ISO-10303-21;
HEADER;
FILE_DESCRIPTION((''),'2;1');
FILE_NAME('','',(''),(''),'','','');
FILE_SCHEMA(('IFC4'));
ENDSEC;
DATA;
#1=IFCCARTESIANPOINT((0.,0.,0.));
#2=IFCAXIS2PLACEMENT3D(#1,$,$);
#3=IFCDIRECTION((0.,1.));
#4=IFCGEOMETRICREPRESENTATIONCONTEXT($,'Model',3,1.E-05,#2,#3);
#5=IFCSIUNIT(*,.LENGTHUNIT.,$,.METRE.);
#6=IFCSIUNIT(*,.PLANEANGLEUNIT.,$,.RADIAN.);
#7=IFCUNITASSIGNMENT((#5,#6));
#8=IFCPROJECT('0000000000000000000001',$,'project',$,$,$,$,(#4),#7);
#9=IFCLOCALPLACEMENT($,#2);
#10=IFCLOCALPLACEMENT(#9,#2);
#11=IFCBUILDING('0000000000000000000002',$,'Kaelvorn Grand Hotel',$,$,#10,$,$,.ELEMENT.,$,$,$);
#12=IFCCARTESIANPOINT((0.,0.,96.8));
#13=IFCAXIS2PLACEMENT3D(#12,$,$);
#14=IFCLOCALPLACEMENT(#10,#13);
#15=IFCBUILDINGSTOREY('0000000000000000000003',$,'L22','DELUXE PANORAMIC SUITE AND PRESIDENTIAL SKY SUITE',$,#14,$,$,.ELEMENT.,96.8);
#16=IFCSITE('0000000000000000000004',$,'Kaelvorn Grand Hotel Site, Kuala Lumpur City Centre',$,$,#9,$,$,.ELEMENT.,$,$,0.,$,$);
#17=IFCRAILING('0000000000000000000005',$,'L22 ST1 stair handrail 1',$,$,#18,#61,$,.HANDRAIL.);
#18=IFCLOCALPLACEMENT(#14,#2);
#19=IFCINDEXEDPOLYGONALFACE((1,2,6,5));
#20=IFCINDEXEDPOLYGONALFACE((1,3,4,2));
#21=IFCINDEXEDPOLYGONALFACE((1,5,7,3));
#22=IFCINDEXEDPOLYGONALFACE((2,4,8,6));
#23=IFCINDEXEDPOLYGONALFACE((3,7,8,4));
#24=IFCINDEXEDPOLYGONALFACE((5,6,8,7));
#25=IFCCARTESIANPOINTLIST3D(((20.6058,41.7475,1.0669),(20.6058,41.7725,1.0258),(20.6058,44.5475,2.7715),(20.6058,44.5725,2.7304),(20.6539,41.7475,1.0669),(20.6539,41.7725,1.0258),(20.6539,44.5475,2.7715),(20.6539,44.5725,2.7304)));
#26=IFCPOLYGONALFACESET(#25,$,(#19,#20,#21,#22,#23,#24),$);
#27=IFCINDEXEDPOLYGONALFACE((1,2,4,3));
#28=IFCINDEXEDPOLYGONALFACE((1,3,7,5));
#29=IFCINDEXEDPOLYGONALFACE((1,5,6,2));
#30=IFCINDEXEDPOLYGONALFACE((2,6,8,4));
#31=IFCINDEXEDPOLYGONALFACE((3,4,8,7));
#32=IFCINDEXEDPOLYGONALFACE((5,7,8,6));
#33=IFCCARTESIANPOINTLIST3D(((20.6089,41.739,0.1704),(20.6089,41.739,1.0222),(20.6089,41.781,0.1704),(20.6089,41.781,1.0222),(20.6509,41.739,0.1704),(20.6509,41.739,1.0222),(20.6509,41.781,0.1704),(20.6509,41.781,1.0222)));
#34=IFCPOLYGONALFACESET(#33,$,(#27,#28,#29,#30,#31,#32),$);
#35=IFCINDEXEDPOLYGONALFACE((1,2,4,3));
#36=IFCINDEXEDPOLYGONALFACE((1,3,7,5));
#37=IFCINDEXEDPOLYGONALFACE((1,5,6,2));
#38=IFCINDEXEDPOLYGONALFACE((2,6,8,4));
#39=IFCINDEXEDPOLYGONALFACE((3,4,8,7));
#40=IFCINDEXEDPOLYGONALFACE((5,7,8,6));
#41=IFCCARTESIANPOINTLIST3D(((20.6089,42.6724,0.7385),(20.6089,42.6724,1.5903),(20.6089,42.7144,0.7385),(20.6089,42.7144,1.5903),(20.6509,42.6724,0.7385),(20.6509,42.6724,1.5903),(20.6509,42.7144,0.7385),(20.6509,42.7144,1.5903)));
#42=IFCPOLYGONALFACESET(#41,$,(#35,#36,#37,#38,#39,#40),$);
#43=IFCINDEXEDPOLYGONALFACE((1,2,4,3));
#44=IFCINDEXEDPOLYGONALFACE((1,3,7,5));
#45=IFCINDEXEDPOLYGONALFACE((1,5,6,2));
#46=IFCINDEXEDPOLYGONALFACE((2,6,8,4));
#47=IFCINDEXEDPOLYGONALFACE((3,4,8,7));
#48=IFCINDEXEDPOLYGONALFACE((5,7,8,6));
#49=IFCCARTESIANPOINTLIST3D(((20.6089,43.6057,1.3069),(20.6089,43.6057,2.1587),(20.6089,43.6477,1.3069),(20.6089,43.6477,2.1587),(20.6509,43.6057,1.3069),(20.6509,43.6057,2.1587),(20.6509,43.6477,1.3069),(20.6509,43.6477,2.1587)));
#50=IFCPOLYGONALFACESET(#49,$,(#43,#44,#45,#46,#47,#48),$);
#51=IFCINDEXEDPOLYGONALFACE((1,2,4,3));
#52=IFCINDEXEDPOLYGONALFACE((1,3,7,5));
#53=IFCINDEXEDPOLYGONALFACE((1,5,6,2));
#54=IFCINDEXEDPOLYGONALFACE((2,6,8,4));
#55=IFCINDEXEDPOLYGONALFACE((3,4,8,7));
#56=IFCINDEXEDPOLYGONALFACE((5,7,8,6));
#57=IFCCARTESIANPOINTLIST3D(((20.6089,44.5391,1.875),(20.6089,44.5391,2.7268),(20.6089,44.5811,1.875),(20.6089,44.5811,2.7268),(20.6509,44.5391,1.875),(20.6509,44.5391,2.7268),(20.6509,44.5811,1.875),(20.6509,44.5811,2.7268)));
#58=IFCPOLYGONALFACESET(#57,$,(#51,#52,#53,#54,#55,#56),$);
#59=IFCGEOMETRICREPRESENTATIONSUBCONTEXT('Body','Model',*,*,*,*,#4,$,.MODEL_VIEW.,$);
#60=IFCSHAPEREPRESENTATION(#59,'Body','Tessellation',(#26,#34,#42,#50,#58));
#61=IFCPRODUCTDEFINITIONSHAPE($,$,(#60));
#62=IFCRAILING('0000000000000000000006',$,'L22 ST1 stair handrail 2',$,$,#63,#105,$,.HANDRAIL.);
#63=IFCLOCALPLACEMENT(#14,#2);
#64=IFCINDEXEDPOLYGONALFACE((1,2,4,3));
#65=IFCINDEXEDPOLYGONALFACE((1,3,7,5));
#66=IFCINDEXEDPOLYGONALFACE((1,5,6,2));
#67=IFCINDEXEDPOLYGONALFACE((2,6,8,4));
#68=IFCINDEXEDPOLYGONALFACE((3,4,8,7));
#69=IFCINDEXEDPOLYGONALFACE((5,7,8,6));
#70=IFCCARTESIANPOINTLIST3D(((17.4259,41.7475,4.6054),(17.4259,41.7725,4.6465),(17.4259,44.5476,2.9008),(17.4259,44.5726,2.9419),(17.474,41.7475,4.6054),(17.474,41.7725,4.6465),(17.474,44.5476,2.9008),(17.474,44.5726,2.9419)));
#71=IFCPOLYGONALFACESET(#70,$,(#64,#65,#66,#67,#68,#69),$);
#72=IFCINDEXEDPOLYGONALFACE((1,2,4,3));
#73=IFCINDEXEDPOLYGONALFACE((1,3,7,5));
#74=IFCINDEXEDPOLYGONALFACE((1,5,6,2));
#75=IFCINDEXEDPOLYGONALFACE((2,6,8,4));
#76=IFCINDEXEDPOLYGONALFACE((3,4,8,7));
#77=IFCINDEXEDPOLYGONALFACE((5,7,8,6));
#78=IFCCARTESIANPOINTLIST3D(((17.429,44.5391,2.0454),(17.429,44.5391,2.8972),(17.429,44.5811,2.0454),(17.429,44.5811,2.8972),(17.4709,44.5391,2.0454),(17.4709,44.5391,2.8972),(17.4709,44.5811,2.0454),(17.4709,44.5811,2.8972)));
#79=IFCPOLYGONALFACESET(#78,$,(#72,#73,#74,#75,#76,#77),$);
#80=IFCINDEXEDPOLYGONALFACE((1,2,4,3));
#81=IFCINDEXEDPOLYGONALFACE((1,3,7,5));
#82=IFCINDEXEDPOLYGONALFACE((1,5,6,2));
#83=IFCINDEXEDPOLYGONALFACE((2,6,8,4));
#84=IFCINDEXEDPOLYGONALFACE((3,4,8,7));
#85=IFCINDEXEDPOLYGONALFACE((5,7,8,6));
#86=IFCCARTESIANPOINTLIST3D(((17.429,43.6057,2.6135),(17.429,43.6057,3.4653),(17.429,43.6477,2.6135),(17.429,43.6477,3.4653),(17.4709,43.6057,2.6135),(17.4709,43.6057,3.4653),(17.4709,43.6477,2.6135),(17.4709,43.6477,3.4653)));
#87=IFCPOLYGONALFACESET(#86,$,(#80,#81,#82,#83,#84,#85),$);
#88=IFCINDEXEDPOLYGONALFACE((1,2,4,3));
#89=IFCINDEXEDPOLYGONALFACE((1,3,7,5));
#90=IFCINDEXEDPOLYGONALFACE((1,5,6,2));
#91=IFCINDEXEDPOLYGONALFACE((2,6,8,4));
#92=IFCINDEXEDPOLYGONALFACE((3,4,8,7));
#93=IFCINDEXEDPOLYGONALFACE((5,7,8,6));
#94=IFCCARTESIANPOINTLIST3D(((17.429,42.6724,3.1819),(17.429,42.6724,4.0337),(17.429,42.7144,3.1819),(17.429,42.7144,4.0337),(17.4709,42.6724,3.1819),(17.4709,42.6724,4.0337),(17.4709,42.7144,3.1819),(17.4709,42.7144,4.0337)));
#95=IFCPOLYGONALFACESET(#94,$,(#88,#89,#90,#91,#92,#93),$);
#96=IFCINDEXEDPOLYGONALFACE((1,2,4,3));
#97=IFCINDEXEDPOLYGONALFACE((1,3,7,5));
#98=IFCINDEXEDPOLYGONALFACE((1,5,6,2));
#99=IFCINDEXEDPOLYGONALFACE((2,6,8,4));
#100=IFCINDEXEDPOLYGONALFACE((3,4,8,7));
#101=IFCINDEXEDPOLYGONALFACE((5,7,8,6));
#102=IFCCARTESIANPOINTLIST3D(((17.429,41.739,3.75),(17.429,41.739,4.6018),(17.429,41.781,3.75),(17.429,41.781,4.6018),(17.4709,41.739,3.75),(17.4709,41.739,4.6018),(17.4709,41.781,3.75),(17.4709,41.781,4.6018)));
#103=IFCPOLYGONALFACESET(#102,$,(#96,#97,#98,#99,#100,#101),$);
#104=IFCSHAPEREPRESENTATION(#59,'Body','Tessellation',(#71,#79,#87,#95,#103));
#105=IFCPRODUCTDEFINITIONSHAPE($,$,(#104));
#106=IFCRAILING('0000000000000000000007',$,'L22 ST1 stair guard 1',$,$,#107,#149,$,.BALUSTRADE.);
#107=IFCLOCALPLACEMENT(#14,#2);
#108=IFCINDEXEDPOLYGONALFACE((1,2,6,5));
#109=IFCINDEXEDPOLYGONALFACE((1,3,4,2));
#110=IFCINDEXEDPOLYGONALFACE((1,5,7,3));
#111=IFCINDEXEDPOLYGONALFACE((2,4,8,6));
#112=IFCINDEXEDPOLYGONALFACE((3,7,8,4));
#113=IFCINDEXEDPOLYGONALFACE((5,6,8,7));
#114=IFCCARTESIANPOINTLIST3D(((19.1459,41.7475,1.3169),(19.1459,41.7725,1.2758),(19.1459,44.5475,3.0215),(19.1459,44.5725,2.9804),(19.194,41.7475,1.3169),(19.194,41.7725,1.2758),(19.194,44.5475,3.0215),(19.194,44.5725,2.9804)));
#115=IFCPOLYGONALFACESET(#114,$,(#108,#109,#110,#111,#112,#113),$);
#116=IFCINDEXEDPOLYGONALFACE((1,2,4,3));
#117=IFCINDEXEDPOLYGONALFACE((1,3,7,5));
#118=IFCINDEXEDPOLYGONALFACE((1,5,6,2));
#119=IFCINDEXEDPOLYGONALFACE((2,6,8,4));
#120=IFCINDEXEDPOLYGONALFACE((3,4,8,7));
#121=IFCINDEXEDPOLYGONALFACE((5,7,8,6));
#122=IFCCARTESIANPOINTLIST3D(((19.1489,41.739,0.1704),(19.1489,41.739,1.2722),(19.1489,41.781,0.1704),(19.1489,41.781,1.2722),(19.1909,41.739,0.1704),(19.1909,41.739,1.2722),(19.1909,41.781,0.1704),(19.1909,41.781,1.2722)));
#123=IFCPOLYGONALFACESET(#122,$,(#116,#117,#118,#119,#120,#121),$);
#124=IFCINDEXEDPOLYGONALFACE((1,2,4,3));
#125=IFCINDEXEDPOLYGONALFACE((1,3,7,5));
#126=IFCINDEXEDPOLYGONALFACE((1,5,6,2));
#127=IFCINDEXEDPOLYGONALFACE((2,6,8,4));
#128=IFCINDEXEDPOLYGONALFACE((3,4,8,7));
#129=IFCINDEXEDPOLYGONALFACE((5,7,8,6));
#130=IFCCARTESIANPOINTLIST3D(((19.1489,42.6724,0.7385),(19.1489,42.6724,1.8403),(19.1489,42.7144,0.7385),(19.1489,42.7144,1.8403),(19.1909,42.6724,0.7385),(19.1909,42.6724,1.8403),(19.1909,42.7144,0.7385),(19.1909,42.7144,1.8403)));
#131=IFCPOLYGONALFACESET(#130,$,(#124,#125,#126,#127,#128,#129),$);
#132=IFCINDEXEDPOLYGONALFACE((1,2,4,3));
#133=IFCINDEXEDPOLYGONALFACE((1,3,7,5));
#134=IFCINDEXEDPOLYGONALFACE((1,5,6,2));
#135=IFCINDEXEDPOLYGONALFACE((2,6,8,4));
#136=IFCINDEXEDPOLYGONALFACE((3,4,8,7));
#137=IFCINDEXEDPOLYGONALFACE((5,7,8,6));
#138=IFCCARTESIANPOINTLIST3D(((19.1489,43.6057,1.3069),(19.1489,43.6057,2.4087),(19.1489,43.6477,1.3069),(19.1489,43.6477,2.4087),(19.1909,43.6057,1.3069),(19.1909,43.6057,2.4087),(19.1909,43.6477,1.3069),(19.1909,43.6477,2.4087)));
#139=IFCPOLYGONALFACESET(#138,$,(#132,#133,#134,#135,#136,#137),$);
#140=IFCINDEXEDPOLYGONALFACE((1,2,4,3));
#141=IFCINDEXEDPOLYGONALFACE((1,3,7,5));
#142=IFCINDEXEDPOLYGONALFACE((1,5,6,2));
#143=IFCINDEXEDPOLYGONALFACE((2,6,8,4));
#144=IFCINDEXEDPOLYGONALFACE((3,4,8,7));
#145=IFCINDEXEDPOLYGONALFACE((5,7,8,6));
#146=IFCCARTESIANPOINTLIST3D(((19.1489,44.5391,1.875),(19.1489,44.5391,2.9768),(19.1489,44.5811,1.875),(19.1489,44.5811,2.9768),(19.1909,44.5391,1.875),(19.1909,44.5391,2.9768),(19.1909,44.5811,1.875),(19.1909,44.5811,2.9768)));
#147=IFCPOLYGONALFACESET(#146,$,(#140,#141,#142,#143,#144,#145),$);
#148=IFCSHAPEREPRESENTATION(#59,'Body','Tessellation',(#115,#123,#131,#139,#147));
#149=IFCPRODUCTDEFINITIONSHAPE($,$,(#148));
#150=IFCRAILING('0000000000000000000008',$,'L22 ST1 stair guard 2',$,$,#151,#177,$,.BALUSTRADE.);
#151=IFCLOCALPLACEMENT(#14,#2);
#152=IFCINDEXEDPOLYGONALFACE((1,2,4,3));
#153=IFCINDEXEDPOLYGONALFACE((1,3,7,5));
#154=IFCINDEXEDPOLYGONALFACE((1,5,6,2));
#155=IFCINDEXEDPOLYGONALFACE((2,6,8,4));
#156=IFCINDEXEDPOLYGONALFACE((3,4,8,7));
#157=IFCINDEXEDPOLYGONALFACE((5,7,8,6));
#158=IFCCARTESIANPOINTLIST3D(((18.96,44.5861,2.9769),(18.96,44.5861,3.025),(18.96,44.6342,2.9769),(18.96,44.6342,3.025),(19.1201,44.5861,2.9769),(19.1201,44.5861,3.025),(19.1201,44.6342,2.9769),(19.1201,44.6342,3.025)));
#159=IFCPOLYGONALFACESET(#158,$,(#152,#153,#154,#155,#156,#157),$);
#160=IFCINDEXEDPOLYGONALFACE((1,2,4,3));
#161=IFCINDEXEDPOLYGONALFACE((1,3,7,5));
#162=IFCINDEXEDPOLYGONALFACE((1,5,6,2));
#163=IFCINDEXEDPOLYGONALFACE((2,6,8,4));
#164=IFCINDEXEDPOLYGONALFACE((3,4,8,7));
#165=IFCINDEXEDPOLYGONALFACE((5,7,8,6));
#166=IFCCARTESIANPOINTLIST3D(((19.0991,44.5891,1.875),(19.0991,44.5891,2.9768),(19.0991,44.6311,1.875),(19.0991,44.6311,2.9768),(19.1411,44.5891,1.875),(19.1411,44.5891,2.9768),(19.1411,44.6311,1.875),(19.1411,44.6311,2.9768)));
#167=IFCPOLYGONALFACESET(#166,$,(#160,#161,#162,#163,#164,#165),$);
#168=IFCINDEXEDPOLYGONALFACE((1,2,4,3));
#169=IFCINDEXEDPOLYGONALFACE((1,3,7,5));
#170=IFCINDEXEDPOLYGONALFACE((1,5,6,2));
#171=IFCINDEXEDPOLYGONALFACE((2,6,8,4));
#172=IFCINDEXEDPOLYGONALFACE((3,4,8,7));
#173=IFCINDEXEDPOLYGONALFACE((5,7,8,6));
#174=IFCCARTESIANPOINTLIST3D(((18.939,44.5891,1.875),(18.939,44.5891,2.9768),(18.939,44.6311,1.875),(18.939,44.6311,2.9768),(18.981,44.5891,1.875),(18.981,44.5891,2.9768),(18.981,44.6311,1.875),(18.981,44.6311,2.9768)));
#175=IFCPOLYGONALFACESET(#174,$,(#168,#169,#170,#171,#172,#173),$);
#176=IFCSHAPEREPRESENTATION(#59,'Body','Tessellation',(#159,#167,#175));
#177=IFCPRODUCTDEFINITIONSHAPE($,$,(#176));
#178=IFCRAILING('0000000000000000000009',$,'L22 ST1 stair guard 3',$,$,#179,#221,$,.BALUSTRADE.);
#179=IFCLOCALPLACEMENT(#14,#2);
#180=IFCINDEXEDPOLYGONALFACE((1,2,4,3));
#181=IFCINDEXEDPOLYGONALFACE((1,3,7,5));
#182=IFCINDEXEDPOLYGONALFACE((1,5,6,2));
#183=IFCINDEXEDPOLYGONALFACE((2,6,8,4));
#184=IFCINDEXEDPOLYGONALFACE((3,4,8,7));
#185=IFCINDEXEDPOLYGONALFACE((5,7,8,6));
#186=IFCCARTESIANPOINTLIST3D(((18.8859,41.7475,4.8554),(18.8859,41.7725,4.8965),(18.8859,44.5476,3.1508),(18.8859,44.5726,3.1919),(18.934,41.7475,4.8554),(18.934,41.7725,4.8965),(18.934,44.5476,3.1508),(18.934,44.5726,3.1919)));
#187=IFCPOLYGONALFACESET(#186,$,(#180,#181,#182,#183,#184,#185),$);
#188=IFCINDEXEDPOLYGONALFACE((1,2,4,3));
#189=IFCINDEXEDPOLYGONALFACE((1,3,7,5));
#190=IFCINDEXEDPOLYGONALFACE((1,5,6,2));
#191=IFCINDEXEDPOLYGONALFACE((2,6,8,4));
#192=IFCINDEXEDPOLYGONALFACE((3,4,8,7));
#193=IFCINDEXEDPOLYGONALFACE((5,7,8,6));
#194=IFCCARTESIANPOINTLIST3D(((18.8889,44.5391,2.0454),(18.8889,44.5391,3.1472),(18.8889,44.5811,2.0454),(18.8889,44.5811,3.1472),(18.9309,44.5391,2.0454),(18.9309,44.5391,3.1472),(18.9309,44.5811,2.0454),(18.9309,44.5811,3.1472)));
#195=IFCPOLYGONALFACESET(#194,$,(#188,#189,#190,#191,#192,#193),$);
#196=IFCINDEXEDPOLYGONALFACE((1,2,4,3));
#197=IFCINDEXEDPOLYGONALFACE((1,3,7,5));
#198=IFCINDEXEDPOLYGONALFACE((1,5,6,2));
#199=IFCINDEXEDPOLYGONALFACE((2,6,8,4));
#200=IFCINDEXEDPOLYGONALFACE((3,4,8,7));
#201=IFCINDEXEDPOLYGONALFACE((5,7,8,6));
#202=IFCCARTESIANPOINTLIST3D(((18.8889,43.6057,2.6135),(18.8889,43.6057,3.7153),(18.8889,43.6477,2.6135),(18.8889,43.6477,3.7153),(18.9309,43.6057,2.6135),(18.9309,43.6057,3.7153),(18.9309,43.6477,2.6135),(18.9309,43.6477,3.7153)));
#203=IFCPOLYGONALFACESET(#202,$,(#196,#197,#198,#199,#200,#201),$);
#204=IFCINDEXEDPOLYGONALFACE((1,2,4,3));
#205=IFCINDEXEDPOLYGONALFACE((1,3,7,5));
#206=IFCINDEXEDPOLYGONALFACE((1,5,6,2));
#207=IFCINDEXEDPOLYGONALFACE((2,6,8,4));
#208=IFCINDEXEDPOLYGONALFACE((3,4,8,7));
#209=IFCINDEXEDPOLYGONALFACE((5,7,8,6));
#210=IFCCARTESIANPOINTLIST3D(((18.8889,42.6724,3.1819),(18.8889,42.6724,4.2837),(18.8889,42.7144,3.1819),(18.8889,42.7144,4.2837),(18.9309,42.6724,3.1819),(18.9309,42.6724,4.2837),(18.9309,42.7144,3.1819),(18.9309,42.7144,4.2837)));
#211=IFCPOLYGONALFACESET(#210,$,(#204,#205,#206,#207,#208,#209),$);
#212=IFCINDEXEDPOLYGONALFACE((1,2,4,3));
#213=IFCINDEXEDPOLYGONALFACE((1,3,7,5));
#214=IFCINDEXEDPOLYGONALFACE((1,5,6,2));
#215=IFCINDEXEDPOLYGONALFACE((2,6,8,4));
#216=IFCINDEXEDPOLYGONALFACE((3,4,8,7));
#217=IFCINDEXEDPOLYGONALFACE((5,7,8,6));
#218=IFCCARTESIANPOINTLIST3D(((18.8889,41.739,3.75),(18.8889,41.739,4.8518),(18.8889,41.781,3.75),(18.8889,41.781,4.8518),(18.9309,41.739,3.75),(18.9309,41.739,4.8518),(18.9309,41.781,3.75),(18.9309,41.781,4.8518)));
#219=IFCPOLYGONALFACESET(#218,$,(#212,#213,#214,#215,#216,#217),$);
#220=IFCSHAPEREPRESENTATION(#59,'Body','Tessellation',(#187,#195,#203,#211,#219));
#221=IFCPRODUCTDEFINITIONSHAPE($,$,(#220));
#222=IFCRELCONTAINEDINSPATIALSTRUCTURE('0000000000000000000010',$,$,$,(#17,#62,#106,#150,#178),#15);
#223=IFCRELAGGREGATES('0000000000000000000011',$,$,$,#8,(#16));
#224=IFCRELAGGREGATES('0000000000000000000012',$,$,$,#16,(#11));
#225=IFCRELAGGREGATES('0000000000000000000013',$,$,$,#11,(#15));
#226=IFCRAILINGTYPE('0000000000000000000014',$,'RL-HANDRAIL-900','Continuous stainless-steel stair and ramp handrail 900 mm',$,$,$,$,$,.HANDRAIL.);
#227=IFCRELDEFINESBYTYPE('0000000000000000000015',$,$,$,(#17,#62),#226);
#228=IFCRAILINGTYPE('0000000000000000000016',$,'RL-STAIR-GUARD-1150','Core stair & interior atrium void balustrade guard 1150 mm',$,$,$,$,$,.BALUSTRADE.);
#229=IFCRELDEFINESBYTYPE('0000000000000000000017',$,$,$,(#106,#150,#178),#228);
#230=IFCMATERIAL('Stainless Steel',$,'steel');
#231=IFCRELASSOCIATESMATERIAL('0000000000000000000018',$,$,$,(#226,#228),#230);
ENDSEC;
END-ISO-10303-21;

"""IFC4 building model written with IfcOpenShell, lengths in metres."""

from ifc_helpers import new_model, si_unit, direction, frame, origin, origin_2d, place, context, subcontext, project, spatial, rectangle, extrude, material, type_object, element, save


model = new_model("IFC4")

# Units and contexts
model_context = context("Model", 3, precision=1e-05, world=origin(), true_north=direction((0.0, 1.0)))
body_context = subcontext(model_context, "Body", "Model", "MODEL_VIEW")
ifc_project = project(units=[si_unit("LENGTHUNIT", "METRE"), si_unit("PLANEANGLEUNIT", "RADIAN")], contexts=[model_context])

# Site, building, storey
site_placement = place(None, origin())
site = spatial("IfcSite", under=ifc_project, at=site_placement, Name="Kaelvorn Grand Hotel Site, Kuala Lumpur City Centre", CompositionType="ELEMENT", RefElevation=0.0)
building_placement = place(site_placement, origin())
building = spatial("IfcBuilding", under=site, at=building_placement, Name="Kaelvorn Grand Hotel", CompositionType="ELEMENT")
storey_placement = place(building_placement, frame((0.0, 0.0, 96.8)))
storey = spatial("IfcBuildingStorey", under=building, at=storey_placement, Name="L22", Description="DELUXE PANORAMIC SUITE AND PRESIDENTIAL SKY SUITE", CompositionType="ELEMENT", Elevation=96.8)

# Shared definitions
ifc_material_1 = material(Name="Stainless Steel", Category="steel")

# Railings
railing_type_1 = type_object("IfcRailingType", Name="RL-HANDRAIL-900", Description="Continuous stainless-steel stair and ramp handrail 900 mm", PredefinedType="HANDRAIL", material=ifc_material_1)
railing_1_placement = place(storey_placement, frame((20.6299, 41.76, 0.1704)))
element("IfcRailing", 1, at=railing_1_placement, inside=storey, type_object=railing_type_1, Name="L22 ST1 stair handrail 1", PredefinedType="HANDRAIL", context=body_context, shape_type="SweptSolid", body=[
    extrude(rectangle(XDim=0.0481, YDim=0.0481, at=origin_2d()), frame((0.0, 0.0, 0.876), z_axis=(0.0, 0.85417, 0.519994), x_axis=(-1.0, 0.0, 0.0)), (0.0, 0.0, 1.0), 3.2781),
    extrude(rectangle(XDim=0.042, YDim=0.042, at=origin_2d()), origin(), (0.0, 0.0, 1.0), 0.8518),
    extrude(rectangle(XDim=0.042, YDim=0.042, at=origin_2d()), frame((0.0, 0.9333, 0.5681)), (0.0, 0.0, 1.0), 0.8518),
    extrude(rectangle(XDim=0.042, YDim=0.042, at=origin_2d()), frame((0.0, 1.8667, 1.1365)), (0.0, 0.0, 1.0), 0.8518),
    extrude(rectangle(XDim=0.042, YDim=0.042, at=origin_2d()), frame((0.0, 2.8, 1.7046)), (0.0, 0.0, 1.0), 0.8518),
])
railing_2_placement = place(storey_placement, frame((17.45, 44.5601, 2.0454)))
element("IfcRailing", 2, at=railing_2_placement, inside=storey, type_object=railing_type_1, Name="L22 ST1 stair handrail 2", PredefinedType="HANDRAIL", context=body_context, shape_type="SweptSolid", body=[
    extrude(rectangle(XDim=0.0481, YDim=0.0481, at=origin_2d()), frame((0.0, 0.0, 0.876), z_axis=(0.0, -0.85417, 0.519994), x_axis=(1.0, 0.0, 0.0)), (0.0, 0.0, 1.0), 3.2781),
    extrude(rectangle(XDim=0.042, YDim=0.042, at=origin_2d()), origin(), (0.0, 0.0, 1.0), 0.8518),
    extrude(rectangle(XDim=0.042, YDim=0.042, at=origin_2d()), frame((0.0, -0.9333, 0.5681)), (0.0, 0.0, 1.0), 0.8518),
    extrude(rectangle(XDim=0.042, YDim=0.042, at=origin_2d()), frame((0.0, -1.8667, 1.1365)), (0.0, 0.0, 1.0), 0.8518),
    extrude(rectangle(XDim=0.042, YDim=0.042, at=origin_2d()), frame((0.0, -2.8, 1.7046)), (0.0, 0.0, 1.0), 0.8518),
])
railing_type_2 = type_object("IfcRailingType", Name="RL-STAIR-GUARD-1150", Description="Core stair & interior atrium void balustrade guard 1150 mm", PredefinedType="BALUSTRADE", material=ifc_material_1)
railing_3_placement = place(storey_placement, frame((19.1699, 41.76, 0.1704)))
element("IfcRailing", 3, at=railing_3_placement, inside=storey, type_object=railing_type_2, Name="L22 ST1 stair guard 1", PredefinedType="BALUSTRADE", context=body_context, shape_type="SweptSolid", body=[
    extrude(rectangle(XDim=0.0481, YDim=0.0481, at=origin_2d()), frame((0.0, 0.0, 1.126), z_axis=(0.0, 0.85417, 0.519994), x_axis=(-1.0, 0.0, 0.0)), (0.0, 0.0, 1.0), 3.2781),
    extrude(rectangle(XDim=0.042, YDim=0.042, at=origin_2d()), origin(), (0.0, 0.0, 1.0), 1.1018),
    extrude(rectangle(XDim=0.042, YDim=0.042, at=origin_2d()), frame((0.0, 0.9333, 0.5681)), (0.0, 0.0, 1.0), 1.1018),
    extrude(rectangle(XDim=0.042, YDim=0.042, at=origin_2d()), frame((0.0, 1.8667, 1.1365)), (0.0, 0.0, 1.0), 1.1018),
    extrude(rectangle(XDim=0.042, YDim=0.042, at=origin_2d()), frame((0.0, 2.8, 1.7046)), (0.0, 0.0, 1.0), 1.1018),
])
railing_4_placement = place(storey_placement, frame((19.1201, 44.6101, 1.875)))
element("IfcRailing", 4, at=railing_4_placement, inside=storey, type_object=railing_type_2, Name="L22 ST1 stair guard 2", PredefinedType="BALUSTRADE", context=body_context, shape_type="SweptSolid", body=[
    extrude(rectangle(XDim=0.0481, YDim=0.0481, at=origin_2d()), frame((0.0, 0.0, 1.126), z_axis=(-1.0, 0.0, 0.0), x_axis=(0.0, -1.0, 0.0)), (0.0, 0.0, 1.0), 0.1602),
    extrude(rectangle(XDim=0.042, YDim=0.042, at=origin_2d()), origin(), (0.0, 0.0, 1.0), 1.1018),
    extrude(rectangle(XDim=0.042, YDim=0.042, at=origin_2d()), frame((-0.1602, 0.0, 0.0)), (0.0, 0.0, 1.0), 1.1018),
])
railing_5_placement = place(storey_placement, frame((18.9099, 44.5601, 2.0454)))
element("IfcRailing", 5, at=railing_5_placement, inside=storey, type_object=railing_type_2, Name="L22 ST1 stair guard 3", PredefinedType="BALUSTRADE", context=body_context, shape_type="SweptSolid", body=[
    extrude(rectangle(XDim=0.0481, YDim=0.0481, at=origin_2d()), frame((0.0, 0.0, 1.126), z_axis=(0.0, -0.85417, 0.519994), x_axis=(1.0, 0.0, 0.0)), (0.0, 0.0, 1.0), 3.2781),
    extrude(rectangle(XDim=0.042, YDim=0.042, at=origin_2d()), origin(), (0.0, 0.0, 1.0), 1.1018),
    extrude(rectangle(XDim=0.042, YDim=0.042, at=origin_2d()), frame((0.0, -0.9333, 0.5681)), (0.0, 0.0, 1.0), 1.1018),
    extrude(rectangle(XDim=0.042, YDim=0.042, at=origin_2d()), frame((0.0, -1.8667, 1.1365)), (0.0, 0.0, 1.0), 1.1018),
    extrude(rectangle(XDim=0.042, YDim=0.042, at=origin_2d()), frame((0.0, -2.8, 1.7046)), (0.0, 0.0, 1.0), 1.1018),
])

save(model, "model.ifc")
